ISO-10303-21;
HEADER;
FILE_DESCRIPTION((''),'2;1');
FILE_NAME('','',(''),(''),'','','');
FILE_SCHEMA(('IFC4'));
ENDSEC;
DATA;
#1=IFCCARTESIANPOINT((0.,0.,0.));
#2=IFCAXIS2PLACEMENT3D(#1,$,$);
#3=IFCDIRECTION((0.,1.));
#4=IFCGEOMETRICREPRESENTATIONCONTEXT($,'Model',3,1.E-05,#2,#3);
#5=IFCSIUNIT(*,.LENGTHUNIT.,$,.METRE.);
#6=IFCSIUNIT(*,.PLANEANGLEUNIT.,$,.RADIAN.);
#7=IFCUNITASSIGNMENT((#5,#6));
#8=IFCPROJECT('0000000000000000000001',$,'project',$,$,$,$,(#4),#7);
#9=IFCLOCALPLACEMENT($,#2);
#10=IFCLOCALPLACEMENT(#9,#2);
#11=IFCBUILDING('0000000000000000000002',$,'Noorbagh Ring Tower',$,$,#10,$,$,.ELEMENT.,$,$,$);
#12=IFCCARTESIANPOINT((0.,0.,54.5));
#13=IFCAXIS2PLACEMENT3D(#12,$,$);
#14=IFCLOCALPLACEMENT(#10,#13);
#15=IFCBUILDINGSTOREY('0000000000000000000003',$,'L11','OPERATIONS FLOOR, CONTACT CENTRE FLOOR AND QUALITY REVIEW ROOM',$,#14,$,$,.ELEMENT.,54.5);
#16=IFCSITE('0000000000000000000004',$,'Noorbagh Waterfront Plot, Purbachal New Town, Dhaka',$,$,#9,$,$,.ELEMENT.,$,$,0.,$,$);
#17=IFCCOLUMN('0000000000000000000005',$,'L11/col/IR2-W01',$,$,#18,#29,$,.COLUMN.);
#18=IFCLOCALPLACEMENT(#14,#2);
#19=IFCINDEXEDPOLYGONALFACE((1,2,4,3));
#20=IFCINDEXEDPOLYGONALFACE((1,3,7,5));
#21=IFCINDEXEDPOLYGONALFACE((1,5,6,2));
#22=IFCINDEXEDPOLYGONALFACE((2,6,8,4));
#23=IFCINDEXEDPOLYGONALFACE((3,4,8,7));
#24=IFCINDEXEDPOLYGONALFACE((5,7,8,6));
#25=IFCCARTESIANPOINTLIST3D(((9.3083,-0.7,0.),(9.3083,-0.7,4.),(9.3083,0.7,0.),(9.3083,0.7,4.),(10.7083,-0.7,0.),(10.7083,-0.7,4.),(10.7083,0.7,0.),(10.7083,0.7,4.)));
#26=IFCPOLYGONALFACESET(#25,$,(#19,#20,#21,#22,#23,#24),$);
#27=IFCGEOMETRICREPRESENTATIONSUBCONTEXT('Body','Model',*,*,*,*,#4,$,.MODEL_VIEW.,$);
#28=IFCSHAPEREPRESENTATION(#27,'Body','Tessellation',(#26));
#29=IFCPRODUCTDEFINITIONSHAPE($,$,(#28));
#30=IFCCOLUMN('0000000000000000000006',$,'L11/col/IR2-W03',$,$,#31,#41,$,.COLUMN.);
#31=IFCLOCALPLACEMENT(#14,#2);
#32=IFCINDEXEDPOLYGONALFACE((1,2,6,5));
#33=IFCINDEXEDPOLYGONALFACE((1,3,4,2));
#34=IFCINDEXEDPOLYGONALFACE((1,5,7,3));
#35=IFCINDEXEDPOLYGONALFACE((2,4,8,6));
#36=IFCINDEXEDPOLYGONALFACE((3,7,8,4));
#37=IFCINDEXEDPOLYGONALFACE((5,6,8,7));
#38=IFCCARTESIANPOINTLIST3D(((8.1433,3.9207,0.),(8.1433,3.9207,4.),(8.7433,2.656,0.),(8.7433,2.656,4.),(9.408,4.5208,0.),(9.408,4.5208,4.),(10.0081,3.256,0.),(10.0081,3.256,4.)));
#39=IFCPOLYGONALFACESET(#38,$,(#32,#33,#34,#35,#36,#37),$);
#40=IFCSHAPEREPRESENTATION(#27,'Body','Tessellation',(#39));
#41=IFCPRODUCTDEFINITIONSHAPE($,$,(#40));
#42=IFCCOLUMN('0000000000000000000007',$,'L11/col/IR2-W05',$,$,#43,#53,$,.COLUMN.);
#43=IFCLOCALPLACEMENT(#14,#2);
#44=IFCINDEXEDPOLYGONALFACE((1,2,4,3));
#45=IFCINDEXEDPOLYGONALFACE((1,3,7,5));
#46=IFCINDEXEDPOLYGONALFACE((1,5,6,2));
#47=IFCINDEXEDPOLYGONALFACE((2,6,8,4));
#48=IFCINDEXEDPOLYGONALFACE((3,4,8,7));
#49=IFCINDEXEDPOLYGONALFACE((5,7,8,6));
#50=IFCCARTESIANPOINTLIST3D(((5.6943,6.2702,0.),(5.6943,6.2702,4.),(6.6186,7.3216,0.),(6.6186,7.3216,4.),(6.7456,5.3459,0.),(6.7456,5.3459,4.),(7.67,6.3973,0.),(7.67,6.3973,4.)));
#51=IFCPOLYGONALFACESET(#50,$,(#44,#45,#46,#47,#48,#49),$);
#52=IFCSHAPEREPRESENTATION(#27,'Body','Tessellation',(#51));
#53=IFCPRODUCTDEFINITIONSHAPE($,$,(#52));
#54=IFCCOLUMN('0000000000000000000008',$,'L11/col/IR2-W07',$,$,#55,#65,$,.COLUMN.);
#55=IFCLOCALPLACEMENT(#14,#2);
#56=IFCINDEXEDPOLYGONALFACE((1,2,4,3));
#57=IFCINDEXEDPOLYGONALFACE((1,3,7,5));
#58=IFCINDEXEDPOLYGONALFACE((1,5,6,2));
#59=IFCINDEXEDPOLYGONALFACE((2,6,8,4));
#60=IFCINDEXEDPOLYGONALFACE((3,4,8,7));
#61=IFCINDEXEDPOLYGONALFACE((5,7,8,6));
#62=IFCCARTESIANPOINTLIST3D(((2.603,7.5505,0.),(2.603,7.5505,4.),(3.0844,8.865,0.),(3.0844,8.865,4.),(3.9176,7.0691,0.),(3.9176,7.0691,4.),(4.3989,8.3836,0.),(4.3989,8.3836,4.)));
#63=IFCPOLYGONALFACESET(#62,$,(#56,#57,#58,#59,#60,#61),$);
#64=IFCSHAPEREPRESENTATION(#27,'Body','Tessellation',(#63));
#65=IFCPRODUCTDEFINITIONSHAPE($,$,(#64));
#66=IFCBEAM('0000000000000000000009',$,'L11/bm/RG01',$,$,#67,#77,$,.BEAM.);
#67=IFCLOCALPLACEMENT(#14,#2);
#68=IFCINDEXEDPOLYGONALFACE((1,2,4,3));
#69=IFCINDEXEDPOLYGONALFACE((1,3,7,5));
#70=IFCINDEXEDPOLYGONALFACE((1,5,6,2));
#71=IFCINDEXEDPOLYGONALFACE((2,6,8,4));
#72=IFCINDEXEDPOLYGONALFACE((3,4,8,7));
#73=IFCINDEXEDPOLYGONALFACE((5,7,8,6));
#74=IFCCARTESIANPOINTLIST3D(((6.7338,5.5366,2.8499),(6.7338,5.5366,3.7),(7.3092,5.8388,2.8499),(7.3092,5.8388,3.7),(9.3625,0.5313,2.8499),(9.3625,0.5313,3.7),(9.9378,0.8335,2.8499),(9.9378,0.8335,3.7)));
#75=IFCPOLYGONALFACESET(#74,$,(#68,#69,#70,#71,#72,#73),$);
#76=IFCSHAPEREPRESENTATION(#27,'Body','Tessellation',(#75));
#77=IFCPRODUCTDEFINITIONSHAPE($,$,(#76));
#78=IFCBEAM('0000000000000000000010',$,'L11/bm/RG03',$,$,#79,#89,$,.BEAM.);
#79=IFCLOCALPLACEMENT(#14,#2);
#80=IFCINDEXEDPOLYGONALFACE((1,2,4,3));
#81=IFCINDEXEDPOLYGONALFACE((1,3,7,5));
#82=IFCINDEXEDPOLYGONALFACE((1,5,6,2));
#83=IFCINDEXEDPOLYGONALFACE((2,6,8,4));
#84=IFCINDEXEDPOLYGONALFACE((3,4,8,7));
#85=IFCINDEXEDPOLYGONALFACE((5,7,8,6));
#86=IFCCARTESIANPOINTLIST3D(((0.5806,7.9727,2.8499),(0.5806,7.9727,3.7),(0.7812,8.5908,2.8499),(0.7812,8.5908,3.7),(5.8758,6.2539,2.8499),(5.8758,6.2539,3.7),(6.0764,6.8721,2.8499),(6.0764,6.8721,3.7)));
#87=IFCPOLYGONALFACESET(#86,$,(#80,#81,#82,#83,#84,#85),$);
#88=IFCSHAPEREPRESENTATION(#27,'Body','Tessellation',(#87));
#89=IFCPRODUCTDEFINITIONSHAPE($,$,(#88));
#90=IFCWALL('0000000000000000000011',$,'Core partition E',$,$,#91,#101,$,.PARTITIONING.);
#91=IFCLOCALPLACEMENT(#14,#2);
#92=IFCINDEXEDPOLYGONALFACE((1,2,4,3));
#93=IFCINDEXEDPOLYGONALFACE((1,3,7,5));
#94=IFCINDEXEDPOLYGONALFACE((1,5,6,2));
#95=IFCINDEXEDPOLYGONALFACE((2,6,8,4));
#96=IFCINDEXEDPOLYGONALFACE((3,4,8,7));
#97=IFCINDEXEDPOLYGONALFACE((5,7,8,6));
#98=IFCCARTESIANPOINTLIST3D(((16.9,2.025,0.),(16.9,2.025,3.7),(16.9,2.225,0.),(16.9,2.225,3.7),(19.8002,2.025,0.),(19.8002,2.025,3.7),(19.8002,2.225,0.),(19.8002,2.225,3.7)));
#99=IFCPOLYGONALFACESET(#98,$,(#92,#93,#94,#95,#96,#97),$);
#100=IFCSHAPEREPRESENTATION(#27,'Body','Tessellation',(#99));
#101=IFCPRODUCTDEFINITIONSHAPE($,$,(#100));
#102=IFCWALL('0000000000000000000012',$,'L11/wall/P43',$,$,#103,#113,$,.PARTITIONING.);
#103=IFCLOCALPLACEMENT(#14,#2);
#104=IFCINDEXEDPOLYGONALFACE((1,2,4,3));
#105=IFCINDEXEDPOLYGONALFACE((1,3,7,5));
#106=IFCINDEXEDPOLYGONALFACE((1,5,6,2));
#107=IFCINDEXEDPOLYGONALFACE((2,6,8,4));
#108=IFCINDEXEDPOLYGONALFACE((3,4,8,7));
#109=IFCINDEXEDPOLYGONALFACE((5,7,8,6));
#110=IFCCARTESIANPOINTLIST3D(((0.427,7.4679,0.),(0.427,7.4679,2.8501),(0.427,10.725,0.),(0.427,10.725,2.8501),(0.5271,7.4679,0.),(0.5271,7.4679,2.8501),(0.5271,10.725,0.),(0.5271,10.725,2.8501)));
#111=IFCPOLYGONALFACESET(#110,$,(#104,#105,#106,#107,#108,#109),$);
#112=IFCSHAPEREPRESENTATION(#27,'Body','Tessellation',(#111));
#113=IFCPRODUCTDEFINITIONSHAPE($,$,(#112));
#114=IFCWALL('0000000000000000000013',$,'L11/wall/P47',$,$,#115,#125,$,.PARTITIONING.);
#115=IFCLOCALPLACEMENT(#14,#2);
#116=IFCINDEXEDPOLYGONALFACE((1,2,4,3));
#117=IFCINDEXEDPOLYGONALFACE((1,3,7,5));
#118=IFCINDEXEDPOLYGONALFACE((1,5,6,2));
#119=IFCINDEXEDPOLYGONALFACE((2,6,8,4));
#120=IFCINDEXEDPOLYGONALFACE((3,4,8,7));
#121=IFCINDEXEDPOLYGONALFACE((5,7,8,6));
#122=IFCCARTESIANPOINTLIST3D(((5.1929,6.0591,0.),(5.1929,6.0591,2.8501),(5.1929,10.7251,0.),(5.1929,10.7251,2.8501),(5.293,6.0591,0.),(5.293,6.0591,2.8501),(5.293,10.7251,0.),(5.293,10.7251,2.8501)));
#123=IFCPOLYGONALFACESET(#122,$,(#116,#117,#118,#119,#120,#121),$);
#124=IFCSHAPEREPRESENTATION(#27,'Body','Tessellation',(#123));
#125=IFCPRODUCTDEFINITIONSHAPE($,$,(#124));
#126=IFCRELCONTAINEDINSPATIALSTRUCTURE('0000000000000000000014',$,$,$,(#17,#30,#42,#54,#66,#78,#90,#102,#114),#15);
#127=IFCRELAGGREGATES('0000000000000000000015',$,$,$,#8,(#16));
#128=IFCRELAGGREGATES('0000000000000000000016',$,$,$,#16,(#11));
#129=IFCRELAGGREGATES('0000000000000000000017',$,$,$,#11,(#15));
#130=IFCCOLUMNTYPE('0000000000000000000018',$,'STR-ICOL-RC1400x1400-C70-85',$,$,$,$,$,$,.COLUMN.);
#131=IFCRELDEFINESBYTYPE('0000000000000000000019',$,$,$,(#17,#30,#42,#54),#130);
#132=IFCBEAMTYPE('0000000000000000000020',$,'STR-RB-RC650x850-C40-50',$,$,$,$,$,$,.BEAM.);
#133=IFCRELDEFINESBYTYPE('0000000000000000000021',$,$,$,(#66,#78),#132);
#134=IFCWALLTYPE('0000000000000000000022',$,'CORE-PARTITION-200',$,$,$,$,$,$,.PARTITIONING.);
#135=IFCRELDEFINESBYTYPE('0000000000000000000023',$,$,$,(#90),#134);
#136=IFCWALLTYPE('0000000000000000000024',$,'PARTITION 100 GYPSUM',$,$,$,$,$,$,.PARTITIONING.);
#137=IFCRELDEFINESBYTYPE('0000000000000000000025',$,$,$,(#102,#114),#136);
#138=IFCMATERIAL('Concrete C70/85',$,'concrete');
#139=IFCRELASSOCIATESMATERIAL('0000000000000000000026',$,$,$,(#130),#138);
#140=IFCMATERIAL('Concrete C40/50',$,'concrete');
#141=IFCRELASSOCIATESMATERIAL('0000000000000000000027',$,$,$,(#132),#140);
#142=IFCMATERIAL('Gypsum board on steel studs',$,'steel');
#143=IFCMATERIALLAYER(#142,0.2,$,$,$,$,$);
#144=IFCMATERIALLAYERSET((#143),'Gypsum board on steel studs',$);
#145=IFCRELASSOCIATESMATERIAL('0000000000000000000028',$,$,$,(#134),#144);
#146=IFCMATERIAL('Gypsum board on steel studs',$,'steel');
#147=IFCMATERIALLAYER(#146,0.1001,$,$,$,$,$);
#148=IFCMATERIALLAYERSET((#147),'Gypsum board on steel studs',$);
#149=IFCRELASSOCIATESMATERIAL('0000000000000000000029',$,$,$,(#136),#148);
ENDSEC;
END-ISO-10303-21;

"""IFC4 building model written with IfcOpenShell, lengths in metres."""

from ifc_helpers import new_model, si_unit, direction, frame, frame_2d, origin, origin_2d, place, context, subcontext, project, spatial, rectangle, extrude, material, layer, layer_set, material_profile, profile_set, type_object, element, save


model = new_model("IFC4")

# Units and contexts
model_context = context("Model", 3, precision=1e-05, world=origin(), true_north=direction((0.0, 1.0)))
body_context = subcontext(model_context, "Body", "Model", "MODEL_VIEW")
ifc_project = project(units=[si_unit("LENGTHUNIT", "METRE"), si_unit("PLANEANGLEUNIT", "RADIAN")], contexts=[model_context])

# Site, building, storey
site_placement = place(None, origin())
site = spatial("IfcSite", under=ifc_project, at=site_placement, Name="Noorbagh Waterfront Plot, Purbachal New Town, Dhaka", CompositionType="ELEMENT", RefElevation=0.0)
building_placement = place(site_placement, origin())
building = spatial("IfcBuilding", under=site, at=building_placement, Name="Noorbagh Ring Tower", CompositionType="ELEMENT")
storey_placement = place(building_placement, frame((0.0, 0.0, 54.5)))
storey = spatial("IfcBuildingStorey", under=building, at=storey_placement, Name="L11", Description="OPERATIONS FLOOR, CONTACT CENTRE FLOOR AND QUALITY REVIEW ROOM", CompositionType="ELEMENT", Elevation=54.5)

# Columns
ifc_material_1 = material(Name="Concrete C70/85", Category="concrete")
ifc_material_profile_1 = material_profile(ifc_material_1, rectangle(XDim=1.3999, YDim=1.3999, at=origin_2d()), Name="RC1400x1400")
ifc_profile_set_1 = profile_set([ifc_material_profile_1], Name="Concrete C70/85")
column_type = type_object("IfcColumnType", Name="STR-ICOL-RC1400x1400-C70-85", PredefinedType="COLUMN", material=ifc_profile_set_1)
for number, where, z_axis, x_axis, name in (
    (1, (10.0083, 0.0, 0.0), (0.0, 0.0, 1.0), (0.0, 1.0, 0.0), "L11/col/IR2-W01"),
    (2, (9.0757, 3.5884, 0.0), (0.0, 0.0, 1.0), (-0.428667, 0.903463, 0.0), "L11/col/IR2-W03"),
    (3, (6.6821, 6.3337, 0.0), (0.0, 0.0, 1.0), (-0.751022, 0.660277, 0.0), "L11/col/IR2-W05"),
    (4, (3.501, 7.967, 0.0), (0.0, 0.0, 1.0), (-0.93902, 0.343864, 0.0), "L11/col/IR2-W07"),
):
    element("IfcColumn", number, at=place(storey_placement, frame(where, z_axis=z_axis, x_axis=x_axis)), inside=storey, type_object=column_type, Name=name, PredefinedType="COLUMN", context=body_context, shape_type="SweptSolid", body=[
        extrude(rectangle(XDim=1.3999, YDim=1.3999, at=origin_2d()), origin(), (0.0, 0.0, 1.0), 4.0),
    ])

# Beams
ifc_material_2 = material(Name="Concrete C40/50", Category="concrete")
ifc_material_profile_2 = material_profile(ifc_material_2, rectangle(XDim=0.6499, YDim=0.8501, at=origin_2d()), Name="RC650x850")
ifc_profile_set_2 = profile_set([ifc_material_profile_2], Name="Concrete C40/50")
beam_type = type_object("IfcBeamType", Name="STR-RB-RC650x850-C40-50", PredefinedType="BEAM", material=ifc_profile_set_2)
beam_1_placement = place(storey_placement, frame((9.6501, 0.6824, 3.2749), z_axis=(-0.464951, 0.885337, 0.0), x_axis=(-0.885337, -0.464951, 0.0)))
element("IfcBeam", 5, at=beam_1_placement, inside=storey, type_object=beam_type, Name="L11/bm/RG01", PredefinedType="BEAM", context=body_context, shape_type="SweptSolid", body=[
    extrude(rectangle(XDim=0.6499, YDim=0.8501, at=origin_2d()), origin(), (0.0, 0.0, 1.0), 5.6536),
])
beam_2_placement = place(storey_placement, frame((5.9761, 6.563, 3.2749), z_axis=(-0.951149, 0.308732, 0.0), x_axis=(-0.308732, -0.951149, 0.0)))
element("IfcBeam", 6, at=beam_2_placement, inside=storey, type_object=beam_type, Name="L11/bm/RG03", PredefinedType="BEAM", context=body_context, shape_type="SweptSolid", body=[
    extrude(rectangle(XDim=0.6499, YDim=0.8501, at=origin_2d()), origin(), (0.0, 0.0, 1.0), 5.5671),
])

# Walls
ifc_material_3 = material(Name="Gypsum board on steel studs", Category="steel")
ifc_layer_1 = layer(ifc_material_3, 0.2)
ifc_layer_set_1 = layer_set([ifc_layer_1], Name="Gypsum board on steel studs")
wall_type_1 = type_object("IfcWallType", Name="CORE-PARTITION-200", PredefinedType="PARTITIONING", material=ifc_layer_set_1)
wall_1_placement = place(storey_placement, frame((16.8999, 2.125, 0.0), z_axis=(0.0, 0.0, 1.0), x_axis=(1.0, 0.0, 0.0)))
element("IfcWall", 7, at=wall_1_placement, inside=storey, type_object=wall_type_1, Name="Core partition E", PredefinedType="PARTITIONING", context=body_context, shape_type="SweptSolid", body=[
    extrude(rectangle(XDim=2.9001, YDim=0.2, at=frame_2d((1.4502, 0.0))), origin(), (0.0, 0.0, 1.0), 3.7),
])
ifc_material_4 = material(Name="Gypsum board on steel studs", Category="steel")
ifc_layer_2 = layer(ifc_material_4, 0.1001)
ifc_layer_set_2 = layer_set([ifc_layer_2], Name="Gypsum board on steel studs")
wall_type_2 = type_object("IfcWallType", Name="PARTITION 100 GYPSUM", PredefinedType="PARTITIONING", material=ifc_layer_set_2)
wall_2_placement = place(storey_placement, frame((0.4771, 7.468, 0.0), z_axis=(0.0, 0.0, 1.0), x_axis=(0.0, 1.0, 0.0)))
element("IfcWall", 8, at=wall_2_placement, inside=storey, type_object=wall_type_2, Name="L11/wall/P43", PredefinedType="PARTITIONING", context=body_context, shape_type="SweptSolid", body=[
    extrude(rectangle(XDim=3.2571, YDim=0.1001, at=frame_2d((1.6284, 0.0))), origin(), (0.0, 0.0, 1.0), 2.8501),
])
wall_3_placement = place(storey_placement, frame((5.2429, 6.0591, 0.0), z_axis=(0.0, 0.0, 1.0), x_axis=(0.0, 1.0, 0.0)))
element("IfcWall", 9, at=wall_3_placement, inside=storey, type_object=wall_type_2, Name="L11/wall/P47", PredefinedType="PARTITIONING", context=body_context, shape_type="SweptSolid", body=[
    extrude(rectangle(XDim=4.666, YDim=0.1001, at=frame_2d((2.333, 0.0))), origin(), (0.0, 0.0, 1.0), 2.8501),
])

save(model, "model.ifc")
